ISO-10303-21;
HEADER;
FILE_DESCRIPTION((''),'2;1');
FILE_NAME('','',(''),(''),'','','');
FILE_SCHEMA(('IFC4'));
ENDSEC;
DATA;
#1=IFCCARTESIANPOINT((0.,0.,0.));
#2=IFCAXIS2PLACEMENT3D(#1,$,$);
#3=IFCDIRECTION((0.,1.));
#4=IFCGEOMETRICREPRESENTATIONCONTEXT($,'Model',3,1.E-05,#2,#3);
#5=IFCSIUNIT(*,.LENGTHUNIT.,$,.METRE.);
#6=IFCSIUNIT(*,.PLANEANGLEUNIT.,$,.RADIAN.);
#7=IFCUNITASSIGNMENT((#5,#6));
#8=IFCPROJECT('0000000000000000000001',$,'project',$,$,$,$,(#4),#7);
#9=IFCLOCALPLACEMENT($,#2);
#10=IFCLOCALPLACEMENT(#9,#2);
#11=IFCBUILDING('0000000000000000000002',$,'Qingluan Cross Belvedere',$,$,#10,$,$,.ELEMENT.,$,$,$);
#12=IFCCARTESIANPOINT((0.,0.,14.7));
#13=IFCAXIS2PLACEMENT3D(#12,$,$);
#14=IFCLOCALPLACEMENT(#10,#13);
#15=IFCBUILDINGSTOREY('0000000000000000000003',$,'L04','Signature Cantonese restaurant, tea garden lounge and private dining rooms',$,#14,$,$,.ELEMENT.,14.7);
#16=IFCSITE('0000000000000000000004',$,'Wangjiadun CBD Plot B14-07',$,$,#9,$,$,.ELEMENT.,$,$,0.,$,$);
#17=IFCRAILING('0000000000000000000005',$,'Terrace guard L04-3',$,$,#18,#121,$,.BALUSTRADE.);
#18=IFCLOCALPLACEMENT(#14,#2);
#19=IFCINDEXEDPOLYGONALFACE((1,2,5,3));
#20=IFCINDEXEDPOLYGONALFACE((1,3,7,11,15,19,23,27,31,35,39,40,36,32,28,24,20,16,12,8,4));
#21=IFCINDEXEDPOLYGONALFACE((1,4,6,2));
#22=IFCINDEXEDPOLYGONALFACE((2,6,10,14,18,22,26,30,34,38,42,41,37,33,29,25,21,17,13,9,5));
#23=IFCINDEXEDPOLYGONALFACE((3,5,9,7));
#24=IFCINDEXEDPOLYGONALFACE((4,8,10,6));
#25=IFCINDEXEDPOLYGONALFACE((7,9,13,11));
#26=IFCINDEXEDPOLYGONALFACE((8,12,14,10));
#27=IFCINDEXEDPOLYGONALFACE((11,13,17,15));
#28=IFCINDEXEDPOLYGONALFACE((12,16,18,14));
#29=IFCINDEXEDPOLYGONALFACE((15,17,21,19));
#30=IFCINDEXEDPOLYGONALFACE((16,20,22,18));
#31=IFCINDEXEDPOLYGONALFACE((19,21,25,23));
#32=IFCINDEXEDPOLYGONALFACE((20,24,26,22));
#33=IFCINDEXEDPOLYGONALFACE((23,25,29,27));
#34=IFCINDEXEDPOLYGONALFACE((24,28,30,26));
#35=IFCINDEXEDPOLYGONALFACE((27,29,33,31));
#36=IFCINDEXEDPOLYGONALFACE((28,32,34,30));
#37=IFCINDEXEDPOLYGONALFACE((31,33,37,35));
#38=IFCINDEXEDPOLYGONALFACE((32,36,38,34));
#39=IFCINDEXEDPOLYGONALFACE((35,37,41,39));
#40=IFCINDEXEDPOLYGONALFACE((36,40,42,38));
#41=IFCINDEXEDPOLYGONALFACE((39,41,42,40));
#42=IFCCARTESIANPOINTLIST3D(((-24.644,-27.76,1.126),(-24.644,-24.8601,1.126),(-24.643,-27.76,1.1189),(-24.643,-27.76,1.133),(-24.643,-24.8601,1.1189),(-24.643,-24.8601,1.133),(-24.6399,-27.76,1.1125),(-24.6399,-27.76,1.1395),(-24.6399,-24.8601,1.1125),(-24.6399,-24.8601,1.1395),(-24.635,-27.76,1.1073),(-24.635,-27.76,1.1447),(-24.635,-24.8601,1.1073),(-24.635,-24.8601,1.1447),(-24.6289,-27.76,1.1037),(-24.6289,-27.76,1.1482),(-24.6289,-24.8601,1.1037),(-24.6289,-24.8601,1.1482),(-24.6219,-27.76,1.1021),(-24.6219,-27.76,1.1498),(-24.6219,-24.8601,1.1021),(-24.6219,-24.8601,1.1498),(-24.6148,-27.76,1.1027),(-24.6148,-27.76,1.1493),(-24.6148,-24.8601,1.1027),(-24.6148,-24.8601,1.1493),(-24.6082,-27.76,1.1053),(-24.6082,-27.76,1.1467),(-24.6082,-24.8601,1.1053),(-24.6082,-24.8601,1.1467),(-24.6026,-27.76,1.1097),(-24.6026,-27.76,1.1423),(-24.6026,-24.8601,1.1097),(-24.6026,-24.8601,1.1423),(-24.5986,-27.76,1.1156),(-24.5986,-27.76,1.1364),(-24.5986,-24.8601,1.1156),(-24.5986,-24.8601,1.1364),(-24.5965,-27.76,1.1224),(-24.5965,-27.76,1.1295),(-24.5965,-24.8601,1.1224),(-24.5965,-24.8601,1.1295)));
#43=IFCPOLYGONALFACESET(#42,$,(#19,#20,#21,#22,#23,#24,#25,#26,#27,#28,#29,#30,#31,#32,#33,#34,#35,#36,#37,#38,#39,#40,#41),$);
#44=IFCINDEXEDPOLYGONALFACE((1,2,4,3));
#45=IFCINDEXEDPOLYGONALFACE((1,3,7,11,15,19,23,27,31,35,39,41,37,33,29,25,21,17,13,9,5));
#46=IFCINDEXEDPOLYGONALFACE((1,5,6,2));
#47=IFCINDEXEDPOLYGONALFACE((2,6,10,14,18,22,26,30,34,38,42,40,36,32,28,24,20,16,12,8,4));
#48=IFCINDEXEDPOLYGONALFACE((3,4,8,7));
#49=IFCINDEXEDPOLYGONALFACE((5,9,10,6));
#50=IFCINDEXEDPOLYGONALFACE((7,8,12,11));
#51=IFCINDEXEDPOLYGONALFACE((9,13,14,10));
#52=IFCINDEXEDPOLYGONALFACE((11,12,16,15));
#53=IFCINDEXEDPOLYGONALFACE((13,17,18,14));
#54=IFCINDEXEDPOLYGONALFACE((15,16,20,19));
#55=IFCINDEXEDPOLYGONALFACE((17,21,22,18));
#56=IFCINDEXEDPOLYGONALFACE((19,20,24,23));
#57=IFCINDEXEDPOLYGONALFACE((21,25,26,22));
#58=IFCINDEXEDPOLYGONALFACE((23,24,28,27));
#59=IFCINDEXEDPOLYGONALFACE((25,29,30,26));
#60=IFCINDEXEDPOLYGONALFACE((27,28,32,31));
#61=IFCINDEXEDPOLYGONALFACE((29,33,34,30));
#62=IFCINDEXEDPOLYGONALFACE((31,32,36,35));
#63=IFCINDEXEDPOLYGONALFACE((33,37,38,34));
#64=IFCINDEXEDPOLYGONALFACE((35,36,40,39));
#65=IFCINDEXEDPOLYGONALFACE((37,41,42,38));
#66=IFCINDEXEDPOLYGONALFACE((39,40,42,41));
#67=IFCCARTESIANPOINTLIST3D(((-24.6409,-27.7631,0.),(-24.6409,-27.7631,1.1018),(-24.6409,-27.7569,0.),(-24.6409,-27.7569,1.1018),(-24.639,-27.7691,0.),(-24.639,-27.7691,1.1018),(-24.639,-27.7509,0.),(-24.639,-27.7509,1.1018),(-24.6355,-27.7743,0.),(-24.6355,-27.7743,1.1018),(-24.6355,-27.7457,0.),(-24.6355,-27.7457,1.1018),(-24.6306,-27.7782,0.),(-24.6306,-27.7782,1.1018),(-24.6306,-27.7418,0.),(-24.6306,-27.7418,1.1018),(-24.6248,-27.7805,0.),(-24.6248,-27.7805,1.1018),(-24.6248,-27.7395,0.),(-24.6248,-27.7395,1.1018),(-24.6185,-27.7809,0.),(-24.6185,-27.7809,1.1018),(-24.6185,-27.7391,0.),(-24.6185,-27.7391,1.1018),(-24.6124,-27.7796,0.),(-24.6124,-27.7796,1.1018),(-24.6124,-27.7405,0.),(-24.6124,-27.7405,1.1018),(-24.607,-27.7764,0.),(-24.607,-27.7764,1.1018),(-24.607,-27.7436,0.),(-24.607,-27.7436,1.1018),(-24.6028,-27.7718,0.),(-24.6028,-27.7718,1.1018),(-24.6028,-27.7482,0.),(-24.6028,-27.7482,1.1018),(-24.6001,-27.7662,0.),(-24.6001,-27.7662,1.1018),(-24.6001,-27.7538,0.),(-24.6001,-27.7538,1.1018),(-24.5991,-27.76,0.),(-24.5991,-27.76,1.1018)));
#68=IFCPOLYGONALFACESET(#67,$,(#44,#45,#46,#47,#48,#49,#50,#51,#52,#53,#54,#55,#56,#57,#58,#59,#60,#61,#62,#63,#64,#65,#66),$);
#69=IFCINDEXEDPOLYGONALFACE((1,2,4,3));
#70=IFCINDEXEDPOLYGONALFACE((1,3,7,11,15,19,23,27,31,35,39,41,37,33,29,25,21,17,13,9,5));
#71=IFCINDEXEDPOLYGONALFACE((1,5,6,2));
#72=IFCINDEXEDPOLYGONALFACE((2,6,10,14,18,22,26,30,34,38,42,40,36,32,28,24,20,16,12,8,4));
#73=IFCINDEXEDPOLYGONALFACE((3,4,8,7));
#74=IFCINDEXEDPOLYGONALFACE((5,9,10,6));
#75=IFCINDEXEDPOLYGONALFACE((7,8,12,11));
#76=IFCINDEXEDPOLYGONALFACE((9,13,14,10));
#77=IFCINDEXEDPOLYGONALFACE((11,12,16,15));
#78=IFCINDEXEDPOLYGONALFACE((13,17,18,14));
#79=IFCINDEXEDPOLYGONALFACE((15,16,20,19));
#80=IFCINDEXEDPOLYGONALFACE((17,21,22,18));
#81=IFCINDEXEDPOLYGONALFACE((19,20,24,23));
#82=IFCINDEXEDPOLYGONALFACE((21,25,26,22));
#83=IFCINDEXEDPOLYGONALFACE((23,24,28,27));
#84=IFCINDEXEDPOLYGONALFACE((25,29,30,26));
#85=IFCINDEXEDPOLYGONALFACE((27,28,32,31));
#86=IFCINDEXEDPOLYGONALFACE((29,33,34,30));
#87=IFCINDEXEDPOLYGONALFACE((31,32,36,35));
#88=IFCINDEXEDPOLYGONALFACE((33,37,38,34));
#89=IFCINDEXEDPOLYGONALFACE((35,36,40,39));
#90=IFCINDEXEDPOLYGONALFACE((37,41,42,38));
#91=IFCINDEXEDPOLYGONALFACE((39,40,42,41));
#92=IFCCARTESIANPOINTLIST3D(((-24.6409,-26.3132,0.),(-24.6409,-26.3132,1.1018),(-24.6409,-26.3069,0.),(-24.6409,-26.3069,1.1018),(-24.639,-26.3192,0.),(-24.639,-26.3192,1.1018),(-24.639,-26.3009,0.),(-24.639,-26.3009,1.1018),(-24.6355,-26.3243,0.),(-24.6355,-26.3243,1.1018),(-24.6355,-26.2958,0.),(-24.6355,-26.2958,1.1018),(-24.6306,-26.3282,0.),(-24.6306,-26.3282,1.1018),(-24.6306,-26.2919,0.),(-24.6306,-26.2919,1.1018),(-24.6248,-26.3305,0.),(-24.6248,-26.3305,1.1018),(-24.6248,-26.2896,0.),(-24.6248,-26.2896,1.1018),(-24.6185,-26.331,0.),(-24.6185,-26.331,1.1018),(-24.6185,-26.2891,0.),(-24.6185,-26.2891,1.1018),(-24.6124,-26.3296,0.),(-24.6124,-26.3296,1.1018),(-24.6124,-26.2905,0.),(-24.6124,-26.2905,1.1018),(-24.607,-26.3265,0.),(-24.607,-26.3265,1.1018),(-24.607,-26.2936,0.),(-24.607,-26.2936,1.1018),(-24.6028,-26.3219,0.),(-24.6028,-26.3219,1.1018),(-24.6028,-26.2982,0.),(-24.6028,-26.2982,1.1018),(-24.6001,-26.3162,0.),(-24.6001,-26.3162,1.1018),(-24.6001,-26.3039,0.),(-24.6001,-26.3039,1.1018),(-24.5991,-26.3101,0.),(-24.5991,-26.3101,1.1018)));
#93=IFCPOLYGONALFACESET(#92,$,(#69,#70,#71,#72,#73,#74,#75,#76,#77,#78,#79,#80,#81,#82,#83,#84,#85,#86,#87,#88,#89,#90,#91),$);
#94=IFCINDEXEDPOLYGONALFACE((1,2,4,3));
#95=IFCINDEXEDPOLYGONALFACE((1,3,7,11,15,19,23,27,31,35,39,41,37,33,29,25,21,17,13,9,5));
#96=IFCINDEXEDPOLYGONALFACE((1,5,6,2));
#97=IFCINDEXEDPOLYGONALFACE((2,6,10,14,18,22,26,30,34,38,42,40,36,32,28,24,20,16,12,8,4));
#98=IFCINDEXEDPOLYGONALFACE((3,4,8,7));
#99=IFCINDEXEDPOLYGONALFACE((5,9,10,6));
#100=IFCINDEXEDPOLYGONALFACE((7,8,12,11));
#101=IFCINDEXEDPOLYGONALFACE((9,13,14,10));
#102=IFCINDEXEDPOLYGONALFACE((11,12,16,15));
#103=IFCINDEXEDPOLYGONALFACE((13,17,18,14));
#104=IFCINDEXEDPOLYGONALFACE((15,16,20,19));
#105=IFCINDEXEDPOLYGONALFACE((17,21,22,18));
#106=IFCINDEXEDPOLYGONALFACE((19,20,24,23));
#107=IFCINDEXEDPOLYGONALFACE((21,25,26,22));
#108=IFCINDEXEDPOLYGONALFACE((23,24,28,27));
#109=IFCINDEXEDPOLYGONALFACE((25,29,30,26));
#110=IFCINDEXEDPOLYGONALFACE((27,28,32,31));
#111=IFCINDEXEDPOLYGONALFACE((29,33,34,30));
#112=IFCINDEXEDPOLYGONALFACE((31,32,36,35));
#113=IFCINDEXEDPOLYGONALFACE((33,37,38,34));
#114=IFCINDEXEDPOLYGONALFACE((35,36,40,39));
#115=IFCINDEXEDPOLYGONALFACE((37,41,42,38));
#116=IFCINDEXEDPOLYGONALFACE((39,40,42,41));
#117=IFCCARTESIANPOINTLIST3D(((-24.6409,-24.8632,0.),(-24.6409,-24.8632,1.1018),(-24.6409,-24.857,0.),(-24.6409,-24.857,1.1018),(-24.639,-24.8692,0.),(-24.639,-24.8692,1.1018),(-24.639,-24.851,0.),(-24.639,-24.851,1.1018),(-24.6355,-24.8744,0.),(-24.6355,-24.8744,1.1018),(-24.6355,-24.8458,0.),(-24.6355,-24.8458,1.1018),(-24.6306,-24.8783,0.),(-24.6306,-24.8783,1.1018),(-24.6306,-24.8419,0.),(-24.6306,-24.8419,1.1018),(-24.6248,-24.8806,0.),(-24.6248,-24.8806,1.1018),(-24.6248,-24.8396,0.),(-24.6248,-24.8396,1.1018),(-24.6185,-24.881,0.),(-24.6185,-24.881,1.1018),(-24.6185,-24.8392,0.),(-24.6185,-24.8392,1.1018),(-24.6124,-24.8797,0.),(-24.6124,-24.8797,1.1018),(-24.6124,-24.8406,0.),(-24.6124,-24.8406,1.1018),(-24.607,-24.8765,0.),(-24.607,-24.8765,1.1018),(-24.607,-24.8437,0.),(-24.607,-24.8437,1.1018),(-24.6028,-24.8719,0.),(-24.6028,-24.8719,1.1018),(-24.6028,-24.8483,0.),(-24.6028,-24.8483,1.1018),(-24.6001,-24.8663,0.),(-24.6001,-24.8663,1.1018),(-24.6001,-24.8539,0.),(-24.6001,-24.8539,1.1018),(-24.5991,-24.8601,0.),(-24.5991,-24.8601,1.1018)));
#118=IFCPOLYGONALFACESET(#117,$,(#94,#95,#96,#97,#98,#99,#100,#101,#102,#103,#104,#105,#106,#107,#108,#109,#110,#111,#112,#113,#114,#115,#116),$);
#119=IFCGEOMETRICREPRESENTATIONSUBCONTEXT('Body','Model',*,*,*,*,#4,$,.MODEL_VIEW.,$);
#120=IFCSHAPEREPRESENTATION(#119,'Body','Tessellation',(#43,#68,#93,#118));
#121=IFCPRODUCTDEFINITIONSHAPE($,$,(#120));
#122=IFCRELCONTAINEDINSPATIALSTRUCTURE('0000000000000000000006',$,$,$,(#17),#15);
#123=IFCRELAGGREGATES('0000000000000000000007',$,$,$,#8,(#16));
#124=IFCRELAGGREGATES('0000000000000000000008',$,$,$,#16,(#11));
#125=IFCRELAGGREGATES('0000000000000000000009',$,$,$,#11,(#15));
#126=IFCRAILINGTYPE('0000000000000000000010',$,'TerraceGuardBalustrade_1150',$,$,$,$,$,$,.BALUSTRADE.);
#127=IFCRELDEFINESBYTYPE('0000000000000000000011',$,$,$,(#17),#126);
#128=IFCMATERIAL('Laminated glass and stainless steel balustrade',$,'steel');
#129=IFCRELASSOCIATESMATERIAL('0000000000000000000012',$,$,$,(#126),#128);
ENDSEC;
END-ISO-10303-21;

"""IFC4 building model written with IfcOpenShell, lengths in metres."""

from ifc_helpers import new_model, si_unit, direction, frame, origin, origin_2d, place, context, subcontext, project, spatial, circle, extrude, material, type_object, element, save


model = new_model("IFC4")

# Units and contexts
model_context = context("Model", 3, precision=1e-05, world=origin(), true_north=direction((0.0, 1.0)))
body_context = subcontext(model_context, "Body", "Model", "MODEL_VIEW")
ifc_project = project(units=[si_unit("LENGTHUNIT", "METRE"), si_unit("PLANEANGLEUNIT", "RADIAN")], contexts=[model_context])

# Site, building, storey
site_placement = place(None, origin())
site = spatial("IfcSite", under=ifc_project, at=site_placement, Name="Wangjiadun CBD Plot B14-07", CompositionType="ELEMENT", RefElevation=0.0)
building_placement = place(site_placement, origin())
building = spatial("IfcBuilding", under=site, at=building_placement, Name="Qingluan Cross Belvedere", CompositionType="ELEMENT")
storey_placement = place(building_placement, frame((0.0, 0.0, 14.7)))
storey = spatial("IfcBuildingStorey", under=building, at=storey_placement, Name="L04", Description="Signature Cantonese restaurant, tea garden lounge and private dining rooms", CompositionType="ELEMENT", Elevation=14.7)

# Railing
ifc_material_1 = material(Name="Laminated glass and stainless steel balustrade", Category="steel")
railing_type = type_object("IfcRailingType", Name="TerraceGuardBalustrade_1150", PredefinedType="BALUSTRADE", material=ifc_material_1)
railing_1_placement = place(storey_placement, frame((-24.6201, -27.76, 0.0)))
element("IfcRailing", 1, at=railing_1_placement, inside=storey, type_object=railing_type, Name="Terrace guard L04-3", PredefinedType="BALUSTRADE", context=body_context, shape_type="SweptSolid", body=[
    extrude(circle(Radius=0.0239, at=origin_2d()), frame((0.0, 0.0, 1.126), z_axis=(0.0, 1.0, 0.0), x_axis=(-1.0, 0.0, 0.0)), (0.0, 0.0, 1.0), 2.8999),
    extrude(circle(Radius=0.021, at=origin_2d()), origin(), (0.0, 0.0, 1.0), 1.1018),
    extrude(circle(Radius=0.021, at=origin_2d()), frame((0.0, 1.45, 0.0)), (0.0, 0.0, 1.0), 1.1018),
    extrude(circle(Radius=0.021, at=origin_2d()), frame((0.0, 2.8999, 0.0)), (0.0, 0.0, 1.0), 1.1018),
])

save(model, "model.ifc")
